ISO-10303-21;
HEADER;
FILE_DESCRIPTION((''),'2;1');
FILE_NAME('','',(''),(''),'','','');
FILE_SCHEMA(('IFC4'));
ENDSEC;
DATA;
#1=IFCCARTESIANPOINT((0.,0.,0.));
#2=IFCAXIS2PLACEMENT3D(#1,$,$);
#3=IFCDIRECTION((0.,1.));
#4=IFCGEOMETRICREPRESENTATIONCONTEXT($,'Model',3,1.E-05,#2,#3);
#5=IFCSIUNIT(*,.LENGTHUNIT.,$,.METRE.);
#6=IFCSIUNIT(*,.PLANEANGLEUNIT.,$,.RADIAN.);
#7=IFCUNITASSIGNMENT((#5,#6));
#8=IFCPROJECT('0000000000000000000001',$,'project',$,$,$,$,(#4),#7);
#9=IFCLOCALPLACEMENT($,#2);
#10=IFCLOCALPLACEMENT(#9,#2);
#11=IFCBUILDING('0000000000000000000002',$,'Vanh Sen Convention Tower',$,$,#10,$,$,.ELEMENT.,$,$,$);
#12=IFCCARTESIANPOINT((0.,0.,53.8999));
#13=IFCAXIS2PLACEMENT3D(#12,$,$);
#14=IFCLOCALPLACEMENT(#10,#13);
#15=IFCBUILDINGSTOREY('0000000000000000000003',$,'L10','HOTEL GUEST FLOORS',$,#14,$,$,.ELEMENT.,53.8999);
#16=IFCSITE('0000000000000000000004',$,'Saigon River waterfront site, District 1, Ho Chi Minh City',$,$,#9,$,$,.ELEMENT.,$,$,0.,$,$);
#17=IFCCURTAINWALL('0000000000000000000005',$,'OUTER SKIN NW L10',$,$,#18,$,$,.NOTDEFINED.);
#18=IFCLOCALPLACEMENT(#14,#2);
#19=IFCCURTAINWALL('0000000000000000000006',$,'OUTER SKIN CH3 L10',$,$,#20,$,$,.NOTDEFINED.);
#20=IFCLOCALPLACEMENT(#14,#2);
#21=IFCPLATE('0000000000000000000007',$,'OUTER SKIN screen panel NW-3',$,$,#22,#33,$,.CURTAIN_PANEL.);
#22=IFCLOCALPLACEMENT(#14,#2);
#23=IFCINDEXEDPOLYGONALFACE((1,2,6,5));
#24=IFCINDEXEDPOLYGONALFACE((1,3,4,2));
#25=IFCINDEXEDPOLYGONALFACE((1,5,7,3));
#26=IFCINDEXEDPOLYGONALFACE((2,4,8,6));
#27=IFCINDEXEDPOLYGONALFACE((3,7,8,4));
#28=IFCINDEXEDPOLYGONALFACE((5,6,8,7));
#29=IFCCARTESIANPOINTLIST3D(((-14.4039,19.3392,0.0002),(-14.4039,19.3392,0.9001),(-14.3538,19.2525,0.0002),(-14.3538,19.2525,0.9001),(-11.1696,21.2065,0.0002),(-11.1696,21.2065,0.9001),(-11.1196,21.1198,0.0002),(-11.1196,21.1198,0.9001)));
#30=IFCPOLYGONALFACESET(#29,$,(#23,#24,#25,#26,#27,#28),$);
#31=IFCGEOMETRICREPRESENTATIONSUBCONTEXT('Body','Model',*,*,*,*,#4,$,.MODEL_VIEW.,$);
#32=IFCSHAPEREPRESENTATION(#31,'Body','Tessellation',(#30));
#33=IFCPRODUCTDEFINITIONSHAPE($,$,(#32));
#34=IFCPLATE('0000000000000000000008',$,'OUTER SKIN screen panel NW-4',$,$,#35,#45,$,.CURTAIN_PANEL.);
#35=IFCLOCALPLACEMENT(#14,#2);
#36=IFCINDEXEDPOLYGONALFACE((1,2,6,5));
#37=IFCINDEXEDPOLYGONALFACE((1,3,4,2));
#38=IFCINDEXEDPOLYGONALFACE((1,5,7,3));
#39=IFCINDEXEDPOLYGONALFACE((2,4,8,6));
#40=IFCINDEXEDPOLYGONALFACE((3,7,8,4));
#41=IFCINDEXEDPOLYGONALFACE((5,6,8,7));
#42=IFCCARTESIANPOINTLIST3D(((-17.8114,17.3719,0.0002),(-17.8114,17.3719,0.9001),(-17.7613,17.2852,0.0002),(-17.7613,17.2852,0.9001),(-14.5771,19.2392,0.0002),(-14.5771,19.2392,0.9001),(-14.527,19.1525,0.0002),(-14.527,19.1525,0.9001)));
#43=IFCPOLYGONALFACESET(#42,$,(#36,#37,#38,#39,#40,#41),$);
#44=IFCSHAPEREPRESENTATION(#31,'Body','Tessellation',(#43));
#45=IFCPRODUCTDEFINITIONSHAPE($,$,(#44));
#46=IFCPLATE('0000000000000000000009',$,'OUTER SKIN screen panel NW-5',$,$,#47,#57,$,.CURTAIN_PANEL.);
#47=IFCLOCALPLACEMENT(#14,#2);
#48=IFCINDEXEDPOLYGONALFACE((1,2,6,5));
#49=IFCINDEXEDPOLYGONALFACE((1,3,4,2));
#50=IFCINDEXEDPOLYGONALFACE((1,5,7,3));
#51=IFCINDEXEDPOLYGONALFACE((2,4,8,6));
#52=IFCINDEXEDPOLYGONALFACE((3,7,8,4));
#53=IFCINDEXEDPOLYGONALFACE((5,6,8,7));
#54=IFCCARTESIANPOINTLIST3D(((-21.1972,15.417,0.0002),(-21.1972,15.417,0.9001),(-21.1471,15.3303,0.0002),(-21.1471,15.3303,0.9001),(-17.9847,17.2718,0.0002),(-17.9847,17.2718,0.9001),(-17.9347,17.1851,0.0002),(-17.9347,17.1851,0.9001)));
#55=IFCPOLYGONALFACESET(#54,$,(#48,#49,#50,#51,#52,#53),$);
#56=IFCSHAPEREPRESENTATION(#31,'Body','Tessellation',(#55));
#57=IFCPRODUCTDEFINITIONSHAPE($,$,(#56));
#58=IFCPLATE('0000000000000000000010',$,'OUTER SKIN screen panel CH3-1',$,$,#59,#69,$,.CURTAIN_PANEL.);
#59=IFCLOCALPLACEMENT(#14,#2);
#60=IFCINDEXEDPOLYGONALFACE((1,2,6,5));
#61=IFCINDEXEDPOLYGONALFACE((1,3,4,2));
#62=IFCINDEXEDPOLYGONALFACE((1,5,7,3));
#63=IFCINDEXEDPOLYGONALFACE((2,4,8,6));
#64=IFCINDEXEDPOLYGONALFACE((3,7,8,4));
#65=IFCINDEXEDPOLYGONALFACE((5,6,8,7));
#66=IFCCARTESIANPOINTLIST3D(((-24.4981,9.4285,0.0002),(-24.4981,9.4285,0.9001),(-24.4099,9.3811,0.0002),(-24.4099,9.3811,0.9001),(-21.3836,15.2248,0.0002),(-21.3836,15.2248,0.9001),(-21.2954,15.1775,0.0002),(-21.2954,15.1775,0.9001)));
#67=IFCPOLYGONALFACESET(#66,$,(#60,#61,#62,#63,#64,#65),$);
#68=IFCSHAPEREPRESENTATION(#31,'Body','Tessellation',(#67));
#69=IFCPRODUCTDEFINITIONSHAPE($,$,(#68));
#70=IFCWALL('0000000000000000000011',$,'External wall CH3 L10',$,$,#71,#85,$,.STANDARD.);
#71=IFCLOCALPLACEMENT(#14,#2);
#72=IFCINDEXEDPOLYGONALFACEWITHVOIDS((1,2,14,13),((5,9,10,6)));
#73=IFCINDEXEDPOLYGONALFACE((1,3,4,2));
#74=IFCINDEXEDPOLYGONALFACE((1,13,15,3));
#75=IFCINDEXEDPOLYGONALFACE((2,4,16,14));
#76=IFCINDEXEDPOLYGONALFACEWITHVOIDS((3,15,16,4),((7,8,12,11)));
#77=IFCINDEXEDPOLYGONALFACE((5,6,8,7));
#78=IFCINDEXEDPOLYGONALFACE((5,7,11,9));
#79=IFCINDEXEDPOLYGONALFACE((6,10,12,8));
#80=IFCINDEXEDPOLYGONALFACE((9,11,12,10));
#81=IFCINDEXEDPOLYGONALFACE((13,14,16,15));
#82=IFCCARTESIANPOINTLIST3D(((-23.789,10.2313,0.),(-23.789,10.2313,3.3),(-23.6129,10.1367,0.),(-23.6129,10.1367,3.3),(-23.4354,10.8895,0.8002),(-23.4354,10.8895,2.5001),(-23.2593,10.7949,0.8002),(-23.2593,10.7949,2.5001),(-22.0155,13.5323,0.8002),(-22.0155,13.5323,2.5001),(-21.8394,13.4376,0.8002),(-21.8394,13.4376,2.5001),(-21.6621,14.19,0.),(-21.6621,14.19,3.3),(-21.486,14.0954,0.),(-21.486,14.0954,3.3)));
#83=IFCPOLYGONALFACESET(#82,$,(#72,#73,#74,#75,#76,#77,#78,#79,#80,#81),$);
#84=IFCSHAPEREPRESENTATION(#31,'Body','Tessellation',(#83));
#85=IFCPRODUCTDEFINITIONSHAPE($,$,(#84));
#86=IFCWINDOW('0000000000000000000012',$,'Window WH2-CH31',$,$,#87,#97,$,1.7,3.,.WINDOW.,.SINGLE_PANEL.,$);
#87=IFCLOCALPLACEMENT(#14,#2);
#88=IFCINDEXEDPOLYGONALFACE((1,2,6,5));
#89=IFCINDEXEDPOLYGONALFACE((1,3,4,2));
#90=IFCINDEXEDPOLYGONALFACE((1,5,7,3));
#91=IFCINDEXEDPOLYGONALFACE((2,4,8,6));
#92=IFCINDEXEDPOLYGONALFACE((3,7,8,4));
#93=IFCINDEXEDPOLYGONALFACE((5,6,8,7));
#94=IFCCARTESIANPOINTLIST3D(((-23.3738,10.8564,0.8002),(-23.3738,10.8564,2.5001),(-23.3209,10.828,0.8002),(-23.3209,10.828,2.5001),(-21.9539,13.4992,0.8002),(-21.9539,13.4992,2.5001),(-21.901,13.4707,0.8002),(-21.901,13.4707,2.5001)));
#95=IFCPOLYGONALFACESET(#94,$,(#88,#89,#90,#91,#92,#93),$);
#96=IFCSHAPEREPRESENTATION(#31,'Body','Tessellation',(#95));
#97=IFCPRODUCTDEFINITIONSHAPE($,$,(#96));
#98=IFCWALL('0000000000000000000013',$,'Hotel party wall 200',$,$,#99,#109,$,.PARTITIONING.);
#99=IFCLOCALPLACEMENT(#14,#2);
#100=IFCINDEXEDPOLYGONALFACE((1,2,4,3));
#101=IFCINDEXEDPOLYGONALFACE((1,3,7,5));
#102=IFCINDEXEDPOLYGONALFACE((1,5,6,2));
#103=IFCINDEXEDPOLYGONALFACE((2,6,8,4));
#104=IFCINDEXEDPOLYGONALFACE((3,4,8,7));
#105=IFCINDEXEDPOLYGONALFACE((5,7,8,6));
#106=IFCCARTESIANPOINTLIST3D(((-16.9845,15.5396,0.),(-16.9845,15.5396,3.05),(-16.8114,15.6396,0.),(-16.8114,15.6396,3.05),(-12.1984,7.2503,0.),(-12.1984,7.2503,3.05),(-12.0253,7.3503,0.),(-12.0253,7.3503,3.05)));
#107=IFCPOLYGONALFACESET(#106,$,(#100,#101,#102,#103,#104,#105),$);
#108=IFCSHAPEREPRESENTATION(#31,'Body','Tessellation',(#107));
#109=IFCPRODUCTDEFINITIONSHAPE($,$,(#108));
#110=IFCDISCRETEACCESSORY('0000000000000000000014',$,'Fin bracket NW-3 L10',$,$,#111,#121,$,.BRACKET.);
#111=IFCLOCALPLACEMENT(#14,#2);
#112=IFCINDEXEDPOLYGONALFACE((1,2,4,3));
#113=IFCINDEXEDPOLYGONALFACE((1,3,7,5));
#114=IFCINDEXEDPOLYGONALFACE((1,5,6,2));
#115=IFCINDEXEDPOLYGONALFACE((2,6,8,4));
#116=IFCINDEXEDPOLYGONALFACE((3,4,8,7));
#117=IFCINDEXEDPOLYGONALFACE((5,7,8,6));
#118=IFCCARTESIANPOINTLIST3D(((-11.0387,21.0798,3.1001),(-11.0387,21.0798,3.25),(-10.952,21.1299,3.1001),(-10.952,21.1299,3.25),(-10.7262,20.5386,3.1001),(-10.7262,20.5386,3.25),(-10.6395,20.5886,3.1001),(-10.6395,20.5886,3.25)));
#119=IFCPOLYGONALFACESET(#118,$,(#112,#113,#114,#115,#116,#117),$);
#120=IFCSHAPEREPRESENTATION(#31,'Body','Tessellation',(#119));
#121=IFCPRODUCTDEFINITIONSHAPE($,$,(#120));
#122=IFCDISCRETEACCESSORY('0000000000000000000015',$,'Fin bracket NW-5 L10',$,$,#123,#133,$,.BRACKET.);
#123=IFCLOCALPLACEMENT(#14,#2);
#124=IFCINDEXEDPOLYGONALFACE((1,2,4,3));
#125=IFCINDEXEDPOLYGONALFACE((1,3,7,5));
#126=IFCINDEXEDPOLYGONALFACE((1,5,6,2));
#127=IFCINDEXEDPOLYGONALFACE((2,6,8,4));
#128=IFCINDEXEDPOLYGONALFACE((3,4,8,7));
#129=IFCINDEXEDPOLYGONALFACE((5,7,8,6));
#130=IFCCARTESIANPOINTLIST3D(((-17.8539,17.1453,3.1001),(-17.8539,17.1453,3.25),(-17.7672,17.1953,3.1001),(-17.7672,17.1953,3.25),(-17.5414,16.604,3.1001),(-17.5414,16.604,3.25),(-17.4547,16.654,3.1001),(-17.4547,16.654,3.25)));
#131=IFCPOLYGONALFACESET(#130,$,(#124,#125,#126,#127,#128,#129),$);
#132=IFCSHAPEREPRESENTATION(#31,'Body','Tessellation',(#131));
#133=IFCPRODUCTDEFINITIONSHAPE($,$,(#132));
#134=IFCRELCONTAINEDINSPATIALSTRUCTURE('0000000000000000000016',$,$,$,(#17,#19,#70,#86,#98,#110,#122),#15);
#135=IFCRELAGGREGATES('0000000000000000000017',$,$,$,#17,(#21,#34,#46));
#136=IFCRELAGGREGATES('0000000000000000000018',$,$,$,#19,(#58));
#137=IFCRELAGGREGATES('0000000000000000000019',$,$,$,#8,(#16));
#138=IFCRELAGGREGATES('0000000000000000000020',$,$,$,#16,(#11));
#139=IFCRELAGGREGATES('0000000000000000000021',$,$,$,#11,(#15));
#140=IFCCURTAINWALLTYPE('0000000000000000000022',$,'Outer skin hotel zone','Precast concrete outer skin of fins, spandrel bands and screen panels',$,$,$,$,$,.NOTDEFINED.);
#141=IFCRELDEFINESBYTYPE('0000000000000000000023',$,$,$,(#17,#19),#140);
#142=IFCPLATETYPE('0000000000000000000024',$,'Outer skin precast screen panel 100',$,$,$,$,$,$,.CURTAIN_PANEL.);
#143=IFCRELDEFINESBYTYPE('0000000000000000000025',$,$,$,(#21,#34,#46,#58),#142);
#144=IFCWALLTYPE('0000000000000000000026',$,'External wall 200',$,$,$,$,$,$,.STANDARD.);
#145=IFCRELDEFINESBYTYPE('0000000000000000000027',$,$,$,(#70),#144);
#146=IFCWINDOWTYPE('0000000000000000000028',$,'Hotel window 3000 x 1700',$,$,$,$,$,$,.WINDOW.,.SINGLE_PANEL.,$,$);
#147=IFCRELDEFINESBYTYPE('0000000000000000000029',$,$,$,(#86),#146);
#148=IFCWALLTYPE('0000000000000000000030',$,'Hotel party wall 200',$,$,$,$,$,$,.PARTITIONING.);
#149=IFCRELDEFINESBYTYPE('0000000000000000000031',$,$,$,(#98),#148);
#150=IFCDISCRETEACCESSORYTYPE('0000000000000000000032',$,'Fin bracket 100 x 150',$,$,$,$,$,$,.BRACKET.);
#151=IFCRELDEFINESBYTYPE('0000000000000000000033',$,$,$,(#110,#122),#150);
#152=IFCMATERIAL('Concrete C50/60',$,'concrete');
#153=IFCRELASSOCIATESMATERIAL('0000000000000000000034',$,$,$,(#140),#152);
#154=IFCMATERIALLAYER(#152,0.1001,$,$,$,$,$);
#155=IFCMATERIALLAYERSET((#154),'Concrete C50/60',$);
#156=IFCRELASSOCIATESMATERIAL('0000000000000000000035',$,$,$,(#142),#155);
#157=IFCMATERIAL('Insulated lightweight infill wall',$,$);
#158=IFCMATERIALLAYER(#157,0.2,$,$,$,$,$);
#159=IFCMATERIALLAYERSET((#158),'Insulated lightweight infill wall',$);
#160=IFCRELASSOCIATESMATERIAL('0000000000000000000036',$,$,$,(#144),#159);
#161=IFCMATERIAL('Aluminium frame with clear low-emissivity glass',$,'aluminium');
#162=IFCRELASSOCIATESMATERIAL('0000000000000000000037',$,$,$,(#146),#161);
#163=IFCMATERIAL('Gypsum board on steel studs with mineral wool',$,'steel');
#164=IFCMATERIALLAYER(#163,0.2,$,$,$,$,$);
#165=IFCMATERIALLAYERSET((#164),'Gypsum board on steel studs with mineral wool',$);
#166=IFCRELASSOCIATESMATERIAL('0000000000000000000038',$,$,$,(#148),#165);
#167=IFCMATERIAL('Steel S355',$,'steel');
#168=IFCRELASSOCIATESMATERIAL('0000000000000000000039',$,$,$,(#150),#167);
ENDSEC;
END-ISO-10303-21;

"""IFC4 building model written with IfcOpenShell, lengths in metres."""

from ifc_helpers import new_model, si_unit, direction, frame, frame_2d, origin, origin_2d, place, context, subcontext, project, spatial, rectangle, extrude, material, layer, layer_set, type_object, element, fill, aggregate, save


model = new_model("IFC4")

# Units and contexts
model_context = context("Model", 3, precision=1e-05, world=origin(), true_north=direction((0.0, 1.0)))
body_context = subcontext(model_context, "Body", "Model", "MODEL_VIEW")
ifc_project = project(units=[si_unit("LENGTHUNIT", "METRE"), si_unit("PLANEANGLEUNIT", "RADIAN")], contexts=[model_context])

# Site, building, storey
site_placement = place(None, origin())
site = spatial("IfcSite", under=ifc_project, at=site_placement, Name="Saigon River waterfront site, District 1, Ho Chi Minh City", CompositionType="ELEMENT", RefElevation=0.0)
building_placement = place(site_placement, origin())
building = spatial("IfcBuilding", under=site, at=building_placement, Name="Vanh Sen Convention Tower", CompositionType="ELEMENT")
storey_placement = place(building_placement, frame((0.0, 0.0, 53.8999)))
storey = spatial("IfcBuildingStorey", under=building, at=storey_placement, Name="L10", Description="HOTEL GUEST FLOORS", CompositionType="ELEMENT", Elevation=53.8999)

# Curtain wall
ifc_material_1 = material(Name="Concrete C50/60", Category="concrete")
curtain_wall_type = type_object("IfcCurtainWallType", Name="Outer skin hotel zone", Description="Precast concrete outer skin of fins, spandrel bands and screen panels", PredefinedType="NOTDEFINED", material=ifc_material_1)
curtain_wall_1_placement = place(storey_placement, origin())
curtain_wall_1 = element("IfcCurtainWall", 1, at=curtain_wall_1_placement, inside=storey, type_object=curtain_wall_type, Name="OUTER SKIN NW L10", PredefinedType="NOTDEFINED")

# Curtain wall
curtain_wall_2_placement = place(storey_placement, origin())
curtain_wall_2 = element("IfcCurtainWall", 2, at=curtain_wall_2_placement, inside=storey, type_object=curtain_wall_type, Name="OUTER SKIN CH3 L10", PredefinedType="NOTDEFINED")

# Plates
ifc_layer_1 = layer(ifc_material_1, 0.1001)
ifc_layer_set_1 = layer_set([ifc_layer_1], Name="Concrete C50/60")
plate_type = type_object("IfcPlateType", Name="Outer skin precast screen panel 100", PredefinedType="CURTAIN_PANEL", material=ifc_layer_set_1)
plate_1_placement = place(storey_placement, frame((-12.7617, 20.2295, 0.0002), z_axis=(0.0, 0.0, 1.0), x_axis=(-0.866028, -0.499995, 0.0)))
plate_1 = element("IfcPlate", 3, at=plate_1_placement, type_object=plate_type, Name="OUTER SKIN screen panel NW-3", PredefinedType="CURTAIN_PANEL", context=body_context, shape_type="SweptSolid", body=[
    extrude(rectangle(XDim=3.7346, YDim=0.1001, at=origin_2d()), origin(), (0.0, 0.0, 1.0), 0.8999),
])
plate_2_placement = place(storey_placement, frame((-16.1692, 18.2622, 0.0002), z_axis=(0.0, 0.0, 1.0), x_axis=(-0.866028, -0.499995, 0.0)))
plate_2 = element("IfcPlate", 4, at=plate_2_placement, type_object=plate_type, Name="OUTER SKIN screen panel NW-4", PredefinedType="CURTAIN_PANEL", context=body_context, shape_type="SweptSolid", body=[
    extrude(rectangle(XDim=3.7346, YDim=0.1001, at=origin_2d()), origin(), (0.0, 0.0, 1.0), 0.8999),
])
plate_3_placement = place(storey_placement, frame((-19.5659, 16.301, 0.0002), z_axis=(0.0, 0.0, 1.0), x_axis=(-0.866021, -0.500008, 0.0)))
plate_3 = element("IfcPlate", 5, at=plate_3_placement, type_object=plate_type, Name="OUTER SKIN screen panel NW-5", PredefinedType="CURTAIN_PANEL", context=body_context, shape_type="SweptSolid", body=[
    extrude(rectangle(XDim=3.7095, YDim=0.1001, at=origin_2d()), origin(), (0.0, 0.0, 1.0), 0.8999),
])
aggregate(curtain_wall_1, [plate_1, plate_2, plate_3])
plate_4_placement = place(storey_placement, frame((-22.8967, 12.303, 0.0002), z_axis=(0.0, 0.0, 1.0), x_axis=(-0.473318, -0.880892, 0.0)))
plate_4 = element("IfcPlate", 6, at=plate_4_placement, type_object=plate_type, Name="OUTER SKIN screen panel CH3-1", PredefinedType="CURTAIN_PANEL", context=body_context, shape_type="SweptSolid", body=[
    extrude(rectangle(XDim=6.5801, YDim=0.1001, at=origin_2d()), origin(), (0.0, 0.0, 1.0), 0.8999),
])
aggregate(curtain_wall_2, [plate_4])

# Wall, opening, window
ifc_material_2 = material(Name="Insulated lightweight infill wall")
ifc_layer_2 = layer(ifc_material_2, 0.2)
ifc_layer_set_2 = layer_set([ifc_layer_2], Name="Insulated lightweight infill wall")
wall_type_1 = type_object("IfcWallType", Name="External wall 200", PredefinedType="STANDARD", material=ifc_layer_set_2)
wall_1_placement = place(storey_placement, frame((-21.574, 14.1428, 0.0), z_axis=(0.0, 0.0, 1.0), x_axis=(-0.473293, -0.880905, 0.0)))
wall_1 = element("IfcWall", 7, at=wall_1_placement, inside=storey, type_object=wall_type_1, Name="External wall CH3 L10", PredefinedType="STANDARD", context=body_context, shape_type="SweptSolid", body=[
    extrude(rectangle(XDim=4.4939, YDim=0.2, at=frame_2d((2.2471, 0.0))), origin(), (0.0, 0.0, 1.0), 3.3),
])
opening_placement = place(wall_1_placement, frame((0.7468, 0.0, 0.8)))
opening = element("IfcOpeningElement", 8, at=opening_placement, cuts=wall_1, PredefinedType="OPENING", context=body_context, shape_type="SweptSolid", body=[
    extrude(rectangle(XDim=3.0, YDim=1.7, at=frame_2d((1.5, 0.8501))), frame((0.0, 0.1099, 0.0), z_axis=(0.0, -1.0, 0.0), x_axis=(1.0, 0.0, 0.0)), (0.0, 0.0, 1.0), 0.22),
])
ifc_material_3 = material(Name="Aluminium frame with clear low-emissivity glass", Category="aluminium")
window_type = type_object("IfcWindowType", Name="Hotel window 3000 x 1700", PartitioningType="SINGLE_PANEL", PredefinedType="WINDOW", material=ifc_material_3)
window_placement = place(opening_placement, origin())
window = element("IfcWindow", 9, at=window_placement, inside=storey, type_object=window_type, Name="Window WH2-CH31", OverallHeight=1.7, OverallWidth=3.0, PartitioningType="SINGLE_PANEL", PredefinedType="WINDOW", context=body_context, shape_type="SweptSolid", body=[
    extrude(rectangle(XDim=3.0, YDim=1.7, at=frame_2d((1.5, 0.8501))), frame((0.0, 0.03, 0.0), z_axis=(0.0, -1.0, 0.0), x_axis=(1.0, 0.0, 0.0)), (0.0, 0.0, 1.0), 0.0601),
])
fill(opening, window)

# Wall
ifc_material_4 = material(Name="Gypsum board on steel studs with mineral wool", Category="steel")
ifc_layer_3 = layer(ifc_material_4, 0.2)
ifc_layer_set_3 = layer_set([ifc_layer_3], Name="Gypsum board on steel studs with mineral wool")
wall_type_2 = type_object("IfcWallType", Name="Hotel party wall 200", PredefinedType="PARTITIONING", material=ifc_layer_set_3)
wall_2_placement = place(storey_placement, frame((-16.8979, 15.5896, 0.0), z_axis=(0.0, 0.0, 1.0), x_axis=(0.500023, -0.866012, 0.0)))
element("IfcWall", 10, at=wall_2_placement, inside=storey, type_object=wall_type_2, Name="Hotel party wall 200", PredefinedType="PARTITIONING", context=body_context, shape_type="SweptSolid", body=[
    extrude(rectangle(XDim=9.5718, YDim=0.2, at=frame_2d((4.7859, 0.0))), origin(), (0.0, 0.0, 1.0), 3.05),
])

# Discrete accessories
ifc_material_5 = material(Name="Steel S355", Category="steel")
discrete_accessory_type = type_object("IfcDiscreteAccessoryType", Name="Fin bracket 100 x 150", PredefinedType="BRACKET", material=ifc_material_5)
for number, where, z_axis, x_axis, name in (
    (11, (-10.8391, 20.8342, 3.1001), (0.0, 0.0, 1.0), (-0.5, 0.866025, 0.0), "Fin bracket NW-3 L10"),
    (12, (-17.6543, 16.8997, 3.1001), (0.0, 0.0, 1.0), (-0.5, 0.866025, 0.0), "Fin bracket NW-5 L10"),
):
    element("IfcDiscreteAccessory", number, at=place(storey_placement, frame(where, z_axis=z_axis, x_axis=x_axis)), inside=storey, type_object=discrete_accessory_type, Name=name, PredefinedType="BRACKET", context=body_context, shape_type="SweptSolid", body=[
        extrude(rectangle(XDim=0.625, YDim=0.1001, at=origin_2d()), origin(), (0.0, 0.0, 1.0), 0.1499),
    ])

save(model, "model.ifc")
